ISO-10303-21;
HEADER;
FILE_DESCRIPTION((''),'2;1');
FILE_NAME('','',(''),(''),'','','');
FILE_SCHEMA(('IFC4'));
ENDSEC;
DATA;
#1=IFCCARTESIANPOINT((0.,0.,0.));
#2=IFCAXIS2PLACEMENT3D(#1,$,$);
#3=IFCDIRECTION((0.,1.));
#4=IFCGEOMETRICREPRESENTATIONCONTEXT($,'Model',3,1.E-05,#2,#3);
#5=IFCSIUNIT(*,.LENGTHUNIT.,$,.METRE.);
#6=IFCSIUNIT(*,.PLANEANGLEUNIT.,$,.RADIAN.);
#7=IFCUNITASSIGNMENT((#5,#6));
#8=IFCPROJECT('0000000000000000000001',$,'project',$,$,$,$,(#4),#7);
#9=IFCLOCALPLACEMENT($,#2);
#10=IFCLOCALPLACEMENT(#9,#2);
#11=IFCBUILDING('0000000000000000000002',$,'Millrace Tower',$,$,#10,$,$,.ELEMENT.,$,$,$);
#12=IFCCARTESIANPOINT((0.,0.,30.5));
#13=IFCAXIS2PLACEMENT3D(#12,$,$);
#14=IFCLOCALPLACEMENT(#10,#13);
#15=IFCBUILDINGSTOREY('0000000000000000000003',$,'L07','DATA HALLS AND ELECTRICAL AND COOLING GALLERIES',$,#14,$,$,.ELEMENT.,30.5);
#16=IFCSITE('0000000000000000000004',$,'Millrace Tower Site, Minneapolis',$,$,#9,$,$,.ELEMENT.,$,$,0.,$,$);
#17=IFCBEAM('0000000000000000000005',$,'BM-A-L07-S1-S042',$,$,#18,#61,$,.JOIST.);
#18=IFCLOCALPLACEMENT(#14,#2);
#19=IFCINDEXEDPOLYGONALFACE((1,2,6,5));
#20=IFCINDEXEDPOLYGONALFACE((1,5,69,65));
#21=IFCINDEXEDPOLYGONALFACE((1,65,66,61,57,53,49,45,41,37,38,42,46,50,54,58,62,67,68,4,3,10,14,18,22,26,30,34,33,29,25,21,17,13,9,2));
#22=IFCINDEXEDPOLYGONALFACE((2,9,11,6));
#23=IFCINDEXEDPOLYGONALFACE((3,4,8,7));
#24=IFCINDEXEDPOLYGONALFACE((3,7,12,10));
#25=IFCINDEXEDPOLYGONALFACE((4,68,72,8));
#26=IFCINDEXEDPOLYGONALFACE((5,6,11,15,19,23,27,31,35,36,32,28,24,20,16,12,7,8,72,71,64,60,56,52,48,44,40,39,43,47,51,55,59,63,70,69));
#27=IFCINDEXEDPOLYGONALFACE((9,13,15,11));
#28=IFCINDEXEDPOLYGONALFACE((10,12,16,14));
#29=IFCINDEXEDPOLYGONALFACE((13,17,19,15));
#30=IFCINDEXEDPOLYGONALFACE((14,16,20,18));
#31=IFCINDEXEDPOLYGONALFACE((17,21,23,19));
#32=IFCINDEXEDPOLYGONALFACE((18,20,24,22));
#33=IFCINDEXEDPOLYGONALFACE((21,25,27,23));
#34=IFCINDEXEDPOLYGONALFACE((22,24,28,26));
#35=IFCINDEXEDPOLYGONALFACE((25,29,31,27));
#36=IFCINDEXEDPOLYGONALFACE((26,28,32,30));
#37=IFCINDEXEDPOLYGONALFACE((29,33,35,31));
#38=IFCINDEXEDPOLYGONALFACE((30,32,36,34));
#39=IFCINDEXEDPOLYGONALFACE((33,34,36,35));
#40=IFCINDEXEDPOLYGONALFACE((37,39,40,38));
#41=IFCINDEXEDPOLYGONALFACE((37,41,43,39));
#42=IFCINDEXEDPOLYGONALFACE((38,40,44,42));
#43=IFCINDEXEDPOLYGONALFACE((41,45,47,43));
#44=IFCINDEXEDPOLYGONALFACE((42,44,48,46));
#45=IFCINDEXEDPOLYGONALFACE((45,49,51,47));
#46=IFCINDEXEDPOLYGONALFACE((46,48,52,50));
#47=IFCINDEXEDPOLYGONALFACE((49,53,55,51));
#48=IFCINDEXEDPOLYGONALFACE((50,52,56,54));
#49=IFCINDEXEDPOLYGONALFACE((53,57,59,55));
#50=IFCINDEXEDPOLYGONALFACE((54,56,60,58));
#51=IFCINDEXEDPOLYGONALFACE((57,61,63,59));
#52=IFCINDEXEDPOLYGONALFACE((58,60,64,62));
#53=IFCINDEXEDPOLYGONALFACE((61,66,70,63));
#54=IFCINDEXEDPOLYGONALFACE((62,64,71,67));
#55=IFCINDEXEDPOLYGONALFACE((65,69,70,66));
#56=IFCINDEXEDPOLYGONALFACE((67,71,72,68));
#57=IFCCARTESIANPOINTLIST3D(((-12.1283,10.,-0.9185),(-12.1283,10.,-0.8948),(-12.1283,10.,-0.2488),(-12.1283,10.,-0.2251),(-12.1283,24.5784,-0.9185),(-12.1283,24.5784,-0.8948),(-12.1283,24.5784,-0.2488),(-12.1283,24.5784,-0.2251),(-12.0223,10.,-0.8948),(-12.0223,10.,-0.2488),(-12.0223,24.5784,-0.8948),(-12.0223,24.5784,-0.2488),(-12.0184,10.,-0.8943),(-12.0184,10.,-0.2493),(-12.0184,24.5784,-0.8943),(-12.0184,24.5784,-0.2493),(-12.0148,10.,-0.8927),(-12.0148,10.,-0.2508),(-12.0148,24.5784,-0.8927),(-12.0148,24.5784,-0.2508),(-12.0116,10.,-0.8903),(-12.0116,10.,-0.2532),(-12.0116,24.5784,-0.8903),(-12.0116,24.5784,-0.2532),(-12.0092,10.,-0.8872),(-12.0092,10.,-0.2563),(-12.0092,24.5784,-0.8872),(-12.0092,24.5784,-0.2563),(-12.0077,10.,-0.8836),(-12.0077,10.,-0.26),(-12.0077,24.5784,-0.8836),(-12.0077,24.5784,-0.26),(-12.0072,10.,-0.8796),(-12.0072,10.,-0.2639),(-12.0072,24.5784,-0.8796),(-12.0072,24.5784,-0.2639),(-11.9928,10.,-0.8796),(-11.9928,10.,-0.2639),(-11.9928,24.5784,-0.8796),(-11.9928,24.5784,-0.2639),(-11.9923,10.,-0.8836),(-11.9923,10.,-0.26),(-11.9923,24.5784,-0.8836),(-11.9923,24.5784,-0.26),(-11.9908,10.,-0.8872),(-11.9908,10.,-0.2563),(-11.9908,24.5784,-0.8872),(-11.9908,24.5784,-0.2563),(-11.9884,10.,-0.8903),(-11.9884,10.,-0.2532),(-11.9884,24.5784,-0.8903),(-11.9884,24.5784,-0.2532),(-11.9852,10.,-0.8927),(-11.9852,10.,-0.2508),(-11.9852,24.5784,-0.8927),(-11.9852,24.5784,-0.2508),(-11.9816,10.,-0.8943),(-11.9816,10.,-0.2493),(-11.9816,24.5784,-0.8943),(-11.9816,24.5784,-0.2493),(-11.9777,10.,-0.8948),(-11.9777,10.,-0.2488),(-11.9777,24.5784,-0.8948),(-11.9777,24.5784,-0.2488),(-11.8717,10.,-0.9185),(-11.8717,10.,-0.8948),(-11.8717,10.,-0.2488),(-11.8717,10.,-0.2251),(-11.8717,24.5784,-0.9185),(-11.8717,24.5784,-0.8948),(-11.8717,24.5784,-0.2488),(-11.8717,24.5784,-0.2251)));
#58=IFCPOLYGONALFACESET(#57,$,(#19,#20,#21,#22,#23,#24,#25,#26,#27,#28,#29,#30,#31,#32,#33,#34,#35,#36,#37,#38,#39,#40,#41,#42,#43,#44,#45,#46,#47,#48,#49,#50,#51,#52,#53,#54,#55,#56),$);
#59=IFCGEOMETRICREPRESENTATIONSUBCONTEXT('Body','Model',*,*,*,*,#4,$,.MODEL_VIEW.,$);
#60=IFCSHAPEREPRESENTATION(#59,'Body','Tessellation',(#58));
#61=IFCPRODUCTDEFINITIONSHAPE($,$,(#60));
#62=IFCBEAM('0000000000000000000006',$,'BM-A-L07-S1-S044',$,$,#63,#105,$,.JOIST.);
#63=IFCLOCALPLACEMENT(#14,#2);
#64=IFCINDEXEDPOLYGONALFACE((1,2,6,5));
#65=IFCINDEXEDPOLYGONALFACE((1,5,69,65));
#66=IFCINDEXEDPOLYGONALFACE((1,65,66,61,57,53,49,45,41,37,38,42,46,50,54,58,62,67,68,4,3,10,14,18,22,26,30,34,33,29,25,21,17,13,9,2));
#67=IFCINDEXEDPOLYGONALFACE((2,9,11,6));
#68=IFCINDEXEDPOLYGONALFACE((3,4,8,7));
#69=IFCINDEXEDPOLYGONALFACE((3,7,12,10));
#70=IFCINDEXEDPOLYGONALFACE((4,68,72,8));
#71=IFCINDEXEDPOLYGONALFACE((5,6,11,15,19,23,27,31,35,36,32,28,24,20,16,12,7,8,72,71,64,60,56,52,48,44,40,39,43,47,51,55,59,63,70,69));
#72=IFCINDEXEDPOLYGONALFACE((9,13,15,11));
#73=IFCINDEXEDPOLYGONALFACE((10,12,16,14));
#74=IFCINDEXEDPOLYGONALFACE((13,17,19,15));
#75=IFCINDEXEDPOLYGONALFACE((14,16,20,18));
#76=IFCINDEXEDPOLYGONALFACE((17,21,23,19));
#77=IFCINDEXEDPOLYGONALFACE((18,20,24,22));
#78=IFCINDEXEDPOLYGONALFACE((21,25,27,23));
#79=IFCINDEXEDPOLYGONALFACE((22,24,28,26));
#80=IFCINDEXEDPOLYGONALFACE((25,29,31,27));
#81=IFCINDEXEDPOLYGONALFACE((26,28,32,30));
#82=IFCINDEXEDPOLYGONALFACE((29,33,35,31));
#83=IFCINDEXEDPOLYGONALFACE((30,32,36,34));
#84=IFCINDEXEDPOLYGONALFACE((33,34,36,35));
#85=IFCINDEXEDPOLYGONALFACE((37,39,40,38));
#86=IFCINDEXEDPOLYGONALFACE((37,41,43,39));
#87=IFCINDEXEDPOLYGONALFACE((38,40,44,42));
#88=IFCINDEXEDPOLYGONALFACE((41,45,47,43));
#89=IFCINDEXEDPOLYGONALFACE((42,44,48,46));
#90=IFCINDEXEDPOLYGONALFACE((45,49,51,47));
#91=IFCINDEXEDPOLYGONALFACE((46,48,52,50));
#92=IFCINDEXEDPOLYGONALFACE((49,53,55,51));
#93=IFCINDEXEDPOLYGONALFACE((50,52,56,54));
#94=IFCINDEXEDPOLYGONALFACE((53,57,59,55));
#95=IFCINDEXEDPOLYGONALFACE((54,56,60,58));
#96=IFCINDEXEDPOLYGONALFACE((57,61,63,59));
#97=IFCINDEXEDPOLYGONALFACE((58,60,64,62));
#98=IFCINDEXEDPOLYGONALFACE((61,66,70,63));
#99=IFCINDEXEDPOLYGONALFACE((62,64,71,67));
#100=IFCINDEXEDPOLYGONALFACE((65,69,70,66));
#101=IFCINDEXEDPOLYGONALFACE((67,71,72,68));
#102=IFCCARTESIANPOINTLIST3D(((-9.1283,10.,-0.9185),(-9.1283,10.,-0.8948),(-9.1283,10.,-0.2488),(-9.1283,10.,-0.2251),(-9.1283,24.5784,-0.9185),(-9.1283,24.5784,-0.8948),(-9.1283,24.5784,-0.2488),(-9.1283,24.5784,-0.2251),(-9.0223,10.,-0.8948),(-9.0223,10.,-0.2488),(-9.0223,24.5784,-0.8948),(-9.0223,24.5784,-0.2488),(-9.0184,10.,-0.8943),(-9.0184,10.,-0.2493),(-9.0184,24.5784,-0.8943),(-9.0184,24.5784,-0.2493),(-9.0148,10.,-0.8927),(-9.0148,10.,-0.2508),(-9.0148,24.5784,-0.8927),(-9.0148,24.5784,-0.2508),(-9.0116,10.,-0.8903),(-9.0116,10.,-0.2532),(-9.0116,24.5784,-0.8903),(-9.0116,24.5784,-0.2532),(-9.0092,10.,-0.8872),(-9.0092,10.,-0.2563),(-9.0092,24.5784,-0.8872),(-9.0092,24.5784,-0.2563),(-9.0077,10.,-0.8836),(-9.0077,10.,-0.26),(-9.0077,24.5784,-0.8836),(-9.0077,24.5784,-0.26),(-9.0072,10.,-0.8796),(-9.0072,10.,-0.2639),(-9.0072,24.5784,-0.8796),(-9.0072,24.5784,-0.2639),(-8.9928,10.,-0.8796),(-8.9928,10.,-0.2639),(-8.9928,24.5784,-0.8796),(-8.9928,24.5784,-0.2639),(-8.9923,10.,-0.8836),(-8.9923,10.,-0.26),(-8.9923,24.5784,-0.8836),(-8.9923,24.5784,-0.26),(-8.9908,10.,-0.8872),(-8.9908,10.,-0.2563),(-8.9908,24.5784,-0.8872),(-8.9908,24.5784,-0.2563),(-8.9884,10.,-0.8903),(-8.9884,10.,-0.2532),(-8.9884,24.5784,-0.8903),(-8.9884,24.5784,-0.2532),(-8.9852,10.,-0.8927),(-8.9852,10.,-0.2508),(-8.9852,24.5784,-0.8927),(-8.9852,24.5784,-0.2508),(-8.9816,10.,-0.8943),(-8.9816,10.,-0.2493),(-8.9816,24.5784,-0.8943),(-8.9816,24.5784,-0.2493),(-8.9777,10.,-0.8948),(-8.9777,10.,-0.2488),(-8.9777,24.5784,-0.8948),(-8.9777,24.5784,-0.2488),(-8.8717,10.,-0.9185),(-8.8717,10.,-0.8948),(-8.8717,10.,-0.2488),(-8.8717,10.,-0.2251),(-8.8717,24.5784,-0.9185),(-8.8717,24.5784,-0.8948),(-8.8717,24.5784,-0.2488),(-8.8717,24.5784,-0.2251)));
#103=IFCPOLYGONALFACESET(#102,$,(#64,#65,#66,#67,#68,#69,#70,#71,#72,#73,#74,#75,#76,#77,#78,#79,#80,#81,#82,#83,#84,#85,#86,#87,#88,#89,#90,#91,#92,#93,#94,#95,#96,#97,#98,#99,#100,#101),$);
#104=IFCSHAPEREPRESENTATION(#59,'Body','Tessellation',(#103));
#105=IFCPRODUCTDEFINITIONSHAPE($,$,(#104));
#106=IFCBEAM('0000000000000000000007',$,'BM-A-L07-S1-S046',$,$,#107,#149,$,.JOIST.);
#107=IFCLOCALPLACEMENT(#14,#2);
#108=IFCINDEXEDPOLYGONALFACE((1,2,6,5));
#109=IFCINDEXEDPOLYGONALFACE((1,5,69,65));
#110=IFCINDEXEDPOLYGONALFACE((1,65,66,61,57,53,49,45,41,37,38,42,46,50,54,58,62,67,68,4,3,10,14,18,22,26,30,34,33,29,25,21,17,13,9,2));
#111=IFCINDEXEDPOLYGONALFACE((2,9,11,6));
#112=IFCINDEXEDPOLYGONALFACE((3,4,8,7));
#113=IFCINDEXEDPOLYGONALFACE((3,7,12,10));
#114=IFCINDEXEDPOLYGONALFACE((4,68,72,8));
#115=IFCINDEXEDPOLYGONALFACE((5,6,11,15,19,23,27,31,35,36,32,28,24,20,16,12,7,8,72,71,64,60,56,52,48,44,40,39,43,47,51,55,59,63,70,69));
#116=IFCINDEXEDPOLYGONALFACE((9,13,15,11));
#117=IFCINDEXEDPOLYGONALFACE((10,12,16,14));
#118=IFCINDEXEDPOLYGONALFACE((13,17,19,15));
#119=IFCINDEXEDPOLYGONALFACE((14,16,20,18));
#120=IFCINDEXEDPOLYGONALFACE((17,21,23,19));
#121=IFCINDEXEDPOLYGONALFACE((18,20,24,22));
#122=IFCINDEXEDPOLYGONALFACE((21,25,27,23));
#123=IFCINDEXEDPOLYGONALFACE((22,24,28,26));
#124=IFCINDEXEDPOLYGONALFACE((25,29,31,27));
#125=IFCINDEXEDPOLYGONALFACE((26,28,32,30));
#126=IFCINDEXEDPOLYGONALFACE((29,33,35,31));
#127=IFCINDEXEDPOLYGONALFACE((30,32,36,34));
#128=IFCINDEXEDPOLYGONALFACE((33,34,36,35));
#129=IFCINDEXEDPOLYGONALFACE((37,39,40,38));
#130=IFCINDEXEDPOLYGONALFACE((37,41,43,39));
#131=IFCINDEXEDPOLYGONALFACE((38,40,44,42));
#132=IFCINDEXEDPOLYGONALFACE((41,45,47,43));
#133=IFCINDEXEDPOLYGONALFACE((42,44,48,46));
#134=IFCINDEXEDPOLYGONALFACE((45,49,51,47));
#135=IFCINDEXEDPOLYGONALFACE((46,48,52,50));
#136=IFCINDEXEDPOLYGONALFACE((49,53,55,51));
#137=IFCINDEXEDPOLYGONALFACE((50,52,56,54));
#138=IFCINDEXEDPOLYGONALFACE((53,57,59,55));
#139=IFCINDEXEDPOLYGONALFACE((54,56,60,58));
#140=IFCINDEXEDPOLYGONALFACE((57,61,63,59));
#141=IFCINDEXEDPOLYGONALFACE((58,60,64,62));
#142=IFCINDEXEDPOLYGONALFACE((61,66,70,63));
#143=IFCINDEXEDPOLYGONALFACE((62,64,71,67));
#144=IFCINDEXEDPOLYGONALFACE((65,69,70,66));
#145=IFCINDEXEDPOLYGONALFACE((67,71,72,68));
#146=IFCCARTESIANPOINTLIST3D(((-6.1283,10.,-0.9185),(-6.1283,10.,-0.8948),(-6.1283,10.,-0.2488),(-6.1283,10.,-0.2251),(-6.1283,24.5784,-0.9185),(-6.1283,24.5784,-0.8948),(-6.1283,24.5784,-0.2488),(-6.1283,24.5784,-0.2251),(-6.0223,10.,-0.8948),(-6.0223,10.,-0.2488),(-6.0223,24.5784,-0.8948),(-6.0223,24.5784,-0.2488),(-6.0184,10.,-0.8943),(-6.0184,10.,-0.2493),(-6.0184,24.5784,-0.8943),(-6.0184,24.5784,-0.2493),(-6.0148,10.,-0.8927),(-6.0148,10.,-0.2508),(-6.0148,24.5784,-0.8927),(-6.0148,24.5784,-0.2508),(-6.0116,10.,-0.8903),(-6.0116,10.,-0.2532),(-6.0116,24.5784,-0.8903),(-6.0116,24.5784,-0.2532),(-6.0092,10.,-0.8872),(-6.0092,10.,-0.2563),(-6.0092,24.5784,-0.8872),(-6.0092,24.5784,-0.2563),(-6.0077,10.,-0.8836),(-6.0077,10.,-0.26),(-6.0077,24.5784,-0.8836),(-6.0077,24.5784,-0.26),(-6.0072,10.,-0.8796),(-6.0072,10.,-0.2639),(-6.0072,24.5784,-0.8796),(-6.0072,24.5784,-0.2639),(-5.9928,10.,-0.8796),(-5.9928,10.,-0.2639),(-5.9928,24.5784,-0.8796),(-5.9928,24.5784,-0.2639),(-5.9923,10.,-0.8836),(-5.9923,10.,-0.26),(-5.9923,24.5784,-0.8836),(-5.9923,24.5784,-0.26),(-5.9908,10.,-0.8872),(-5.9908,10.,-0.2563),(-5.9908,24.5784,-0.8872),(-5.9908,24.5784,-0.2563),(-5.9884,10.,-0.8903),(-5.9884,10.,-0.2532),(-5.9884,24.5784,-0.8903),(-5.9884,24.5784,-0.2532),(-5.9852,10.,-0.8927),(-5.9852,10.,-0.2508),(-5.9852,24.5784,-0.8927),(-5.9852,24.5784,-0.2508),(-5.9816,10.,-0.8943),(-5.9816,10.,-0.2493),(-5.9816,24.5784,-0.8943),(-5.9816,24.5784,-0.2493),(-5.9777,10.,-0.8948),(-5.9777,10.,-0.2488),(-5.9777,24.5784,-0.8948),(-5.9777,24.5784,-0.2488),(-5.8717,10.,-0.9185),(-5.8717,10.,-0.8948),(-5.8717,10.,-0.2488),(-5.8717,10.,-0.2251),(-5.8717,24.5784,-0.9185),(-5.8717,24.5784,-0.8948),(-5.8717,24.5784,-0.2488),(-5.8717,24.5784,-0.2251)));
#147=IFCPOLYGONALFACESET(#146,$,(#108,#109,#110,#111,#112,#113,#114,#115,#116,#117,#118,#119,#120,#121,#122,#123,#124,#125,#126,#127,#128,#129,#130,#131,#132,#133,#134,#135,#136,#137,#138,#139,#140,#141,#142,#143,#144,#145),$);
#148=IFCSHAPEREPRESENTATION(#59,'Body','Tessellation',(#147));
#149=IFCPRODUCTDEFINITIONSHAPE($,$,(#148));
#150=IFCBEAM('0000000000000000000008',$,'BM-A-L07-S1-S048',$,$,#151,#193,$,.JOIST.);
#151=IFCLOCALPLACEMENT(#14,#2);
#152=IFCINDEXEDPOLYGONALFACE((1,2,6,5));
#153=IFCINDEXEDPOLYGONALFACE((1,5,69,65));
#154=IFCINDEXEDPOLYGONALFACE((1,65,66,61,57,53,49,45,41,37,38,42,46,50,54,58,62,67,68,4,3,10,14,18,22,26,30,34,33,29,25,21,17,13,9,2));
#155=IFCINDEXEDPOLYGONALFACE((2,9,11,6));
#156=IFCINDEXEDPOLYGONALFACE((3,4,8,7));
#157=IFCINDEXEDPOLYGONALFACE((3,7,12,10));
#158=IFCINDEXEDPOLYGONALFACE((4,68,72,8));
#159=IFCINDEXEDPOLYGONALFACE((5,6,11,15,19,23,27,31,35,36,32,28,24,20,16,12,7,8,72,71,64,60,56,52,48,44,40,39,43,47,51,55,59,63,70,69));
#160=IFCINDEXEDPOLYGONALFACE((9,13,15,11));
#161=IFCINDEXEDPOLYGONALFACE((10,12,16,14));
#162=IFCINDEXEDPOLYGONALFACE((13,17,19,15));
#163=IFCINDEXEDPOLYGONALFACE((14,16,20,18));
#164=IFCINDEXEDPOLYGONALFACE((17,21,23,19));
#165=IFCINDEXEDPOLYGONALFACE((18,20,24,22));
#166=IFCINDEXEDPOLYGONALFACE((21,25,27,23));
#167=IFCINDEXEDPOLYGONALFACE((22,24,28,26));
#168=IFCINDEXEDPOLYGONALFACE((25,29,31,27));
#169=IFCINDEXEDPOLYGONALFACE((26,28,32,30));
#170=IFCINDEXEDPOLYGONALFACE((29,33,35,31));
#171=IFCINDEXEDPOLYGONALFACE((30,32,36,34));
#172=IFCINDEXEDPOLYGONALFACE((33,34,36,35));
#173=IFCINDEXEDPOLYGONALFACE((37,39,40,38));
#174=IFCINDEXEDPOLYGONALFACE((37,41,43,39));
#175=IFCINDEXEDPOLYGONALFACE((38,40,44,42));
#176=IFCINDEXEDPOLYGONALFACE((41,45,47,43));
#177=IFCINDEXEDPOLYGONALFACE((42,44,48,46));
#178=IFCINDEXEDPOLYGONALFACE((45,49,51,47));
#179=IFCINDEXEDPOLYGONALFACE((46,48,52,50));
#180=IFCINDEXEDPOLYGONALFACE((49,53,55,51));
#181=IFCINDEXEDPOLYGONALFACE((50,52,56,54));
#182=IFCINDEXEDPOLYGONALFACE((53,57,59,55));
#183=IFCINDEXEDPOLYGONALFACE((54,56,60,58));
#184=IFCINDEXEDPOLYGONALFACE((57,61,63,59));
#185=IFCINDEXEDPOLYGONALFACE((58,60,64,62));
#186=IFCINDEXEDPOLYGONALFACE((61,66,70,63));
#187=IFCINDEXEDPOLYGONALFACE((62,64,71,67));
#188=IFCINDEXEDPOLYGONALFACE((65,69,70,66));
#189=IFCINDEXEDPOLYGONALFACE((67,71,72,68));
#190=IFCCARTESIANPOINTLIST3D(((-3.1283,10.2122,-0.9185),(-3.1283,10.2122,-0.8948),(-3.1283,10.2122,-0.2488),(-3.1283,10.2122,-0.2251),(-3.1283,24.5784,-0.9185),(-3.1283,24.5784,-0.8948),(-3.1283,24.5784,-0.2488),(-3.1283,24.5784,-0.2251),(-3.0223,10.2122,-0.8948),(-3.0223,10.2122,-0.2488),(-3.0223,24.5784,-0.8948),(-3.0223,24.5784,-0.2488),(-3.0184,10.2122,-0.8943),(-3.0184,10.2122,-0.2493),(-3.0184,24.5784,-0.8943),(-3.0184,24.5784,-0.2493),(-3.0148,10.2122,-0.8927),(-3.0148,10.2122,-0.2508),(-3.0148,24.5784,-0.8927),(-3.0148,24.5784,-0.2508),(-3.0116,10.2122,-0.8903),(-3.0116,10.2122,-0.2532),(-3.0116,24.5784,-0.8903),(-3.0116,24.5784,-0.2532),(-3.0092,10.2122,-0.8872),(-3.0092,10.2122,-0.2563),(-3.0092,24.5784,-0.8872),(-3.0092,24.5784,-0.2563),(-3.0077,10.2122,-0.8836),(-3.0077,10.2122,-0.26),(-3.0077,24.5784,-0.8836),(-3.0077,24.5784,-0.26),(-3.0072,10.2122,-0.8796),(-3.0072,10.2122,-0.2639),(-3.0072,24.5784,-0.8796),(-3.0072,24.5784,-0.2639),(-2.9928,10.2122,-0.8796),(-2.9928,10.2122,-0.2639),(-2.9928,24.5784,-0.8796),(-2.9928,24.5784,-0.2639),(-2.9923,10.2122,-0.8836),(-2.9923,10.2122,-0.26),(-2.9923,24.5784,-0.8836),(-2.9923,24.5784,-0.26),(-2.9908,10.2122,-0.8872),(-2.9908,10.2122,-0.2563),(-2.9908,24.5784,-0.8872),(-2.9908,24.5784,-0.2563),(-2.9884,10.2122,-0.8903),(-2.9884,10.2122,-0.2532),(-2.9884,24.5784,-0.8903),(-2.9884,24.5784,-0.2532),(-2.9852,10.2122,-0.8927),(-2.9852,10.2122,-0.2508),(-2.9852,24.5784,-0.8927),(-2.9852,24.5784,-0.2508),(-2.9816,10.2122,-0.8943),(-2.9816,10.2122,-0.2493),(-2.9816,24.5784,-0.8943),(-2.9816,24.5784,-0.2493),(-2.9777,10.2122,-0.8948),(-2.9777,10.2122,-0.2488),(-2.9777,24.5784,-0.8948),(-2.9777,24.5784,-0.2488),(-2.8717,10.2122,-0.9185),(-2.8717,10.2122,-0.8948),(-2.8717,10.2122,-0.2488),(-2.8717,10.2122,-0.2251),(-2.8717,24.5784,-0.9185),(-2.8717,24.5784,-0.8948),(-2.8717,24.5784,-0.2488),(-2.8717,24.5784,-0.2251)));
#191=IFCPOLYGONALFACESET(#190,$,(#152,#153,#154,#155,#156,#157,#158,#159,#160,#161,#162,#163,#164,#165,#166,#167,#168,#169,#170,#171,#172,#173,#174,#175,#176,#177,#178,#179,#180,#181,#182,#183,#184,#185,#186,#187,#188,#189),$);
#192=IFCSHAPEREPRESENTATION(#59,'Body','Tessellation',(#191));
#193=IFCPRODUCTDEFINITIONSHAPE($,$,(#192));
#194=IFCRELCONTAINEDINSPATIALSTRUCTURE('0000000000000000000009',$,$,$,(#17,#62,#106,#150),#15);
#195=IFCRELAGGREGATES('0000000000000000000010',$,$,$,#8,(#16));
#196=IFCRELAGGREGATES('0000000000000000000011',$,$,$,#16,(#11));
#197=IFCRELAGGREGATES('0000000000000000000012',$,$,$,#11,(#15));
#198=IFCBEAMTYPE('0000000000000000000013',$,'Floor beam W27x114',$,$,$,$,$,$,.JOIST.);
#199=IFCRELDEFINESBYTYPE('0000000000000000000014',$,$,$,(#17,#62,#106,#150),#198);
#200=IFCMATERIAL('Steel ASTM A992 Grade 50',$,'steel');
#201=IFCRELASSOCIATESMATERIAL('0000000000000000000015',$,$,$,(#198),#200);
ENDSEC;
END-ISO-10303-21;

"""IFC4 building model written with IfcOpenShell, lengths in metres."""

from ifc_helpers import new_model, si_unit, direction, frame, origin, origin_2d, place, context, subcontext, project, spatial, i_section, extrude, material, material_profile, profile_set, type_object, element, save


model = new_model("IFC4")

# Units and contexts
model_context = context("Model", 3, precision=1e-05, world=origin(), true_north=direction((0.0, 1.0)))
body_context = subcontext(model_context, "Body", "Model", "MODEL_VIEW")
ifc_project = project(units=[si_unit("LENGTHUNIT", "METRE"), si_unit("PLANEANGLEUNIT", "RADIAN")], contexts=[model_context])

# Site, building, storey
site_placement = place(None, origin())
site = spatial("IfcSite", under=ifc_project, at=site_placement, Name="Millrace Tower Site, Minneapolis", CompositionType="ELEMENT", RefElevation=0.0)
building_placement = place(site_placement, origin())
building = spatial("IfcBuilding", under=site, at=building_placement, Name="Millrace Tower", CompositionType="ELEMENT")
storey_placement = place(building_placement, frame((0.0, 0.0, 30.5)))
storey = spatial("IfcBuildingStorey", under=building, at=storey_placement, Name="L07", Description="DATA HALLS AND ELECTRICAL AND COOLING GALLERIES", CompositionType="ELEMENT", Elevation=30.5)

# Beams
ifc_material_1 = material(Name="Steel ASTM A992 Grade 50", Category="steel")
ifc_material_profile_1 = material_profile(ifc_material_1, i_section(OverallWidth=0.2566, OverallDepth=0.6934, WebThickness=0.0144, FlangeThickness=0.0237, FilletRadius=0.0151, at=origin_2d()))
ifc_profile_set_1 = profile_set([ifc_material_profile_1], Name="Steel ASTM A992 Grade 50")
beam_type_1 = type_object("IfcBeamType", Name="Floor beam W27x114", PredefinedType="JOIST", material=ifc_profile_set_1)
for number, where, z_axis, x_axis, name in (
    (1, (-12.0, 10.0, -0.5718), (0.0, 1.0, 0.0), (-1.0, 0.0, 0.0), "BM-A-L07-S1-S042"),
    (2, (-9.0, 10.0, -0.5718), (0.0, 1.0, 0.0), (-1.0, 0.0, 0.0), "BM-A-L07-S1-S044"),
    (3, (-6.0, 10.0, -0.5718), (0.0, 1.0, 0.0), (-1.0, 0.0, 0.0), "BM-A-L07-S1-S046"),
):
    element("IfcBeam", number, at=place(storey_placement, frame(where, z_axis=z_axis, x_axis=x_axis)), inside=storey, type_object=beam_type_1, Name=name, PredefinedType="JOIST", context=body_context, shape_type="SweptSolid", body=[
        extrude(i_section(OverallWidth=0.2566, OverallDepth=0.6934, WebThickness=0.0144, FlangeThickness=0.0237, FilletRadius=0.0151, at=origin_2d()), origin(), (0.0, 0.0, 1.0), 14.5784),
    ])
for number, where, z_axis, x_axis, name in (
    (4, (-3.0, 10.2122, -0.5718), (0.0, 1.0, 0.0), (-1.0, 0.0, 0.0), "BM-A-L07-S1-S048"),
):
    element("IfcBeam", number, at=place(storey_placement, frame(where, z_axis=z_axis, x_axis=x_axis)), inside=storey, type_object=beam_type_1, Name=name, PredefinedType="JOIST", context=body_context, shape_type="SweptSolid", body=[
        extrude(i_section(OverallWidth=0.2566, OverallDepth=0.6934, WebThickness=0.0144, FlangeThickness=0.0237, FilletRadius=0.0151, at=origin_2d()), origin(), (0.0, 0.0, 1.0), 14.3662),
    ])

save(model, "model.ifc")
